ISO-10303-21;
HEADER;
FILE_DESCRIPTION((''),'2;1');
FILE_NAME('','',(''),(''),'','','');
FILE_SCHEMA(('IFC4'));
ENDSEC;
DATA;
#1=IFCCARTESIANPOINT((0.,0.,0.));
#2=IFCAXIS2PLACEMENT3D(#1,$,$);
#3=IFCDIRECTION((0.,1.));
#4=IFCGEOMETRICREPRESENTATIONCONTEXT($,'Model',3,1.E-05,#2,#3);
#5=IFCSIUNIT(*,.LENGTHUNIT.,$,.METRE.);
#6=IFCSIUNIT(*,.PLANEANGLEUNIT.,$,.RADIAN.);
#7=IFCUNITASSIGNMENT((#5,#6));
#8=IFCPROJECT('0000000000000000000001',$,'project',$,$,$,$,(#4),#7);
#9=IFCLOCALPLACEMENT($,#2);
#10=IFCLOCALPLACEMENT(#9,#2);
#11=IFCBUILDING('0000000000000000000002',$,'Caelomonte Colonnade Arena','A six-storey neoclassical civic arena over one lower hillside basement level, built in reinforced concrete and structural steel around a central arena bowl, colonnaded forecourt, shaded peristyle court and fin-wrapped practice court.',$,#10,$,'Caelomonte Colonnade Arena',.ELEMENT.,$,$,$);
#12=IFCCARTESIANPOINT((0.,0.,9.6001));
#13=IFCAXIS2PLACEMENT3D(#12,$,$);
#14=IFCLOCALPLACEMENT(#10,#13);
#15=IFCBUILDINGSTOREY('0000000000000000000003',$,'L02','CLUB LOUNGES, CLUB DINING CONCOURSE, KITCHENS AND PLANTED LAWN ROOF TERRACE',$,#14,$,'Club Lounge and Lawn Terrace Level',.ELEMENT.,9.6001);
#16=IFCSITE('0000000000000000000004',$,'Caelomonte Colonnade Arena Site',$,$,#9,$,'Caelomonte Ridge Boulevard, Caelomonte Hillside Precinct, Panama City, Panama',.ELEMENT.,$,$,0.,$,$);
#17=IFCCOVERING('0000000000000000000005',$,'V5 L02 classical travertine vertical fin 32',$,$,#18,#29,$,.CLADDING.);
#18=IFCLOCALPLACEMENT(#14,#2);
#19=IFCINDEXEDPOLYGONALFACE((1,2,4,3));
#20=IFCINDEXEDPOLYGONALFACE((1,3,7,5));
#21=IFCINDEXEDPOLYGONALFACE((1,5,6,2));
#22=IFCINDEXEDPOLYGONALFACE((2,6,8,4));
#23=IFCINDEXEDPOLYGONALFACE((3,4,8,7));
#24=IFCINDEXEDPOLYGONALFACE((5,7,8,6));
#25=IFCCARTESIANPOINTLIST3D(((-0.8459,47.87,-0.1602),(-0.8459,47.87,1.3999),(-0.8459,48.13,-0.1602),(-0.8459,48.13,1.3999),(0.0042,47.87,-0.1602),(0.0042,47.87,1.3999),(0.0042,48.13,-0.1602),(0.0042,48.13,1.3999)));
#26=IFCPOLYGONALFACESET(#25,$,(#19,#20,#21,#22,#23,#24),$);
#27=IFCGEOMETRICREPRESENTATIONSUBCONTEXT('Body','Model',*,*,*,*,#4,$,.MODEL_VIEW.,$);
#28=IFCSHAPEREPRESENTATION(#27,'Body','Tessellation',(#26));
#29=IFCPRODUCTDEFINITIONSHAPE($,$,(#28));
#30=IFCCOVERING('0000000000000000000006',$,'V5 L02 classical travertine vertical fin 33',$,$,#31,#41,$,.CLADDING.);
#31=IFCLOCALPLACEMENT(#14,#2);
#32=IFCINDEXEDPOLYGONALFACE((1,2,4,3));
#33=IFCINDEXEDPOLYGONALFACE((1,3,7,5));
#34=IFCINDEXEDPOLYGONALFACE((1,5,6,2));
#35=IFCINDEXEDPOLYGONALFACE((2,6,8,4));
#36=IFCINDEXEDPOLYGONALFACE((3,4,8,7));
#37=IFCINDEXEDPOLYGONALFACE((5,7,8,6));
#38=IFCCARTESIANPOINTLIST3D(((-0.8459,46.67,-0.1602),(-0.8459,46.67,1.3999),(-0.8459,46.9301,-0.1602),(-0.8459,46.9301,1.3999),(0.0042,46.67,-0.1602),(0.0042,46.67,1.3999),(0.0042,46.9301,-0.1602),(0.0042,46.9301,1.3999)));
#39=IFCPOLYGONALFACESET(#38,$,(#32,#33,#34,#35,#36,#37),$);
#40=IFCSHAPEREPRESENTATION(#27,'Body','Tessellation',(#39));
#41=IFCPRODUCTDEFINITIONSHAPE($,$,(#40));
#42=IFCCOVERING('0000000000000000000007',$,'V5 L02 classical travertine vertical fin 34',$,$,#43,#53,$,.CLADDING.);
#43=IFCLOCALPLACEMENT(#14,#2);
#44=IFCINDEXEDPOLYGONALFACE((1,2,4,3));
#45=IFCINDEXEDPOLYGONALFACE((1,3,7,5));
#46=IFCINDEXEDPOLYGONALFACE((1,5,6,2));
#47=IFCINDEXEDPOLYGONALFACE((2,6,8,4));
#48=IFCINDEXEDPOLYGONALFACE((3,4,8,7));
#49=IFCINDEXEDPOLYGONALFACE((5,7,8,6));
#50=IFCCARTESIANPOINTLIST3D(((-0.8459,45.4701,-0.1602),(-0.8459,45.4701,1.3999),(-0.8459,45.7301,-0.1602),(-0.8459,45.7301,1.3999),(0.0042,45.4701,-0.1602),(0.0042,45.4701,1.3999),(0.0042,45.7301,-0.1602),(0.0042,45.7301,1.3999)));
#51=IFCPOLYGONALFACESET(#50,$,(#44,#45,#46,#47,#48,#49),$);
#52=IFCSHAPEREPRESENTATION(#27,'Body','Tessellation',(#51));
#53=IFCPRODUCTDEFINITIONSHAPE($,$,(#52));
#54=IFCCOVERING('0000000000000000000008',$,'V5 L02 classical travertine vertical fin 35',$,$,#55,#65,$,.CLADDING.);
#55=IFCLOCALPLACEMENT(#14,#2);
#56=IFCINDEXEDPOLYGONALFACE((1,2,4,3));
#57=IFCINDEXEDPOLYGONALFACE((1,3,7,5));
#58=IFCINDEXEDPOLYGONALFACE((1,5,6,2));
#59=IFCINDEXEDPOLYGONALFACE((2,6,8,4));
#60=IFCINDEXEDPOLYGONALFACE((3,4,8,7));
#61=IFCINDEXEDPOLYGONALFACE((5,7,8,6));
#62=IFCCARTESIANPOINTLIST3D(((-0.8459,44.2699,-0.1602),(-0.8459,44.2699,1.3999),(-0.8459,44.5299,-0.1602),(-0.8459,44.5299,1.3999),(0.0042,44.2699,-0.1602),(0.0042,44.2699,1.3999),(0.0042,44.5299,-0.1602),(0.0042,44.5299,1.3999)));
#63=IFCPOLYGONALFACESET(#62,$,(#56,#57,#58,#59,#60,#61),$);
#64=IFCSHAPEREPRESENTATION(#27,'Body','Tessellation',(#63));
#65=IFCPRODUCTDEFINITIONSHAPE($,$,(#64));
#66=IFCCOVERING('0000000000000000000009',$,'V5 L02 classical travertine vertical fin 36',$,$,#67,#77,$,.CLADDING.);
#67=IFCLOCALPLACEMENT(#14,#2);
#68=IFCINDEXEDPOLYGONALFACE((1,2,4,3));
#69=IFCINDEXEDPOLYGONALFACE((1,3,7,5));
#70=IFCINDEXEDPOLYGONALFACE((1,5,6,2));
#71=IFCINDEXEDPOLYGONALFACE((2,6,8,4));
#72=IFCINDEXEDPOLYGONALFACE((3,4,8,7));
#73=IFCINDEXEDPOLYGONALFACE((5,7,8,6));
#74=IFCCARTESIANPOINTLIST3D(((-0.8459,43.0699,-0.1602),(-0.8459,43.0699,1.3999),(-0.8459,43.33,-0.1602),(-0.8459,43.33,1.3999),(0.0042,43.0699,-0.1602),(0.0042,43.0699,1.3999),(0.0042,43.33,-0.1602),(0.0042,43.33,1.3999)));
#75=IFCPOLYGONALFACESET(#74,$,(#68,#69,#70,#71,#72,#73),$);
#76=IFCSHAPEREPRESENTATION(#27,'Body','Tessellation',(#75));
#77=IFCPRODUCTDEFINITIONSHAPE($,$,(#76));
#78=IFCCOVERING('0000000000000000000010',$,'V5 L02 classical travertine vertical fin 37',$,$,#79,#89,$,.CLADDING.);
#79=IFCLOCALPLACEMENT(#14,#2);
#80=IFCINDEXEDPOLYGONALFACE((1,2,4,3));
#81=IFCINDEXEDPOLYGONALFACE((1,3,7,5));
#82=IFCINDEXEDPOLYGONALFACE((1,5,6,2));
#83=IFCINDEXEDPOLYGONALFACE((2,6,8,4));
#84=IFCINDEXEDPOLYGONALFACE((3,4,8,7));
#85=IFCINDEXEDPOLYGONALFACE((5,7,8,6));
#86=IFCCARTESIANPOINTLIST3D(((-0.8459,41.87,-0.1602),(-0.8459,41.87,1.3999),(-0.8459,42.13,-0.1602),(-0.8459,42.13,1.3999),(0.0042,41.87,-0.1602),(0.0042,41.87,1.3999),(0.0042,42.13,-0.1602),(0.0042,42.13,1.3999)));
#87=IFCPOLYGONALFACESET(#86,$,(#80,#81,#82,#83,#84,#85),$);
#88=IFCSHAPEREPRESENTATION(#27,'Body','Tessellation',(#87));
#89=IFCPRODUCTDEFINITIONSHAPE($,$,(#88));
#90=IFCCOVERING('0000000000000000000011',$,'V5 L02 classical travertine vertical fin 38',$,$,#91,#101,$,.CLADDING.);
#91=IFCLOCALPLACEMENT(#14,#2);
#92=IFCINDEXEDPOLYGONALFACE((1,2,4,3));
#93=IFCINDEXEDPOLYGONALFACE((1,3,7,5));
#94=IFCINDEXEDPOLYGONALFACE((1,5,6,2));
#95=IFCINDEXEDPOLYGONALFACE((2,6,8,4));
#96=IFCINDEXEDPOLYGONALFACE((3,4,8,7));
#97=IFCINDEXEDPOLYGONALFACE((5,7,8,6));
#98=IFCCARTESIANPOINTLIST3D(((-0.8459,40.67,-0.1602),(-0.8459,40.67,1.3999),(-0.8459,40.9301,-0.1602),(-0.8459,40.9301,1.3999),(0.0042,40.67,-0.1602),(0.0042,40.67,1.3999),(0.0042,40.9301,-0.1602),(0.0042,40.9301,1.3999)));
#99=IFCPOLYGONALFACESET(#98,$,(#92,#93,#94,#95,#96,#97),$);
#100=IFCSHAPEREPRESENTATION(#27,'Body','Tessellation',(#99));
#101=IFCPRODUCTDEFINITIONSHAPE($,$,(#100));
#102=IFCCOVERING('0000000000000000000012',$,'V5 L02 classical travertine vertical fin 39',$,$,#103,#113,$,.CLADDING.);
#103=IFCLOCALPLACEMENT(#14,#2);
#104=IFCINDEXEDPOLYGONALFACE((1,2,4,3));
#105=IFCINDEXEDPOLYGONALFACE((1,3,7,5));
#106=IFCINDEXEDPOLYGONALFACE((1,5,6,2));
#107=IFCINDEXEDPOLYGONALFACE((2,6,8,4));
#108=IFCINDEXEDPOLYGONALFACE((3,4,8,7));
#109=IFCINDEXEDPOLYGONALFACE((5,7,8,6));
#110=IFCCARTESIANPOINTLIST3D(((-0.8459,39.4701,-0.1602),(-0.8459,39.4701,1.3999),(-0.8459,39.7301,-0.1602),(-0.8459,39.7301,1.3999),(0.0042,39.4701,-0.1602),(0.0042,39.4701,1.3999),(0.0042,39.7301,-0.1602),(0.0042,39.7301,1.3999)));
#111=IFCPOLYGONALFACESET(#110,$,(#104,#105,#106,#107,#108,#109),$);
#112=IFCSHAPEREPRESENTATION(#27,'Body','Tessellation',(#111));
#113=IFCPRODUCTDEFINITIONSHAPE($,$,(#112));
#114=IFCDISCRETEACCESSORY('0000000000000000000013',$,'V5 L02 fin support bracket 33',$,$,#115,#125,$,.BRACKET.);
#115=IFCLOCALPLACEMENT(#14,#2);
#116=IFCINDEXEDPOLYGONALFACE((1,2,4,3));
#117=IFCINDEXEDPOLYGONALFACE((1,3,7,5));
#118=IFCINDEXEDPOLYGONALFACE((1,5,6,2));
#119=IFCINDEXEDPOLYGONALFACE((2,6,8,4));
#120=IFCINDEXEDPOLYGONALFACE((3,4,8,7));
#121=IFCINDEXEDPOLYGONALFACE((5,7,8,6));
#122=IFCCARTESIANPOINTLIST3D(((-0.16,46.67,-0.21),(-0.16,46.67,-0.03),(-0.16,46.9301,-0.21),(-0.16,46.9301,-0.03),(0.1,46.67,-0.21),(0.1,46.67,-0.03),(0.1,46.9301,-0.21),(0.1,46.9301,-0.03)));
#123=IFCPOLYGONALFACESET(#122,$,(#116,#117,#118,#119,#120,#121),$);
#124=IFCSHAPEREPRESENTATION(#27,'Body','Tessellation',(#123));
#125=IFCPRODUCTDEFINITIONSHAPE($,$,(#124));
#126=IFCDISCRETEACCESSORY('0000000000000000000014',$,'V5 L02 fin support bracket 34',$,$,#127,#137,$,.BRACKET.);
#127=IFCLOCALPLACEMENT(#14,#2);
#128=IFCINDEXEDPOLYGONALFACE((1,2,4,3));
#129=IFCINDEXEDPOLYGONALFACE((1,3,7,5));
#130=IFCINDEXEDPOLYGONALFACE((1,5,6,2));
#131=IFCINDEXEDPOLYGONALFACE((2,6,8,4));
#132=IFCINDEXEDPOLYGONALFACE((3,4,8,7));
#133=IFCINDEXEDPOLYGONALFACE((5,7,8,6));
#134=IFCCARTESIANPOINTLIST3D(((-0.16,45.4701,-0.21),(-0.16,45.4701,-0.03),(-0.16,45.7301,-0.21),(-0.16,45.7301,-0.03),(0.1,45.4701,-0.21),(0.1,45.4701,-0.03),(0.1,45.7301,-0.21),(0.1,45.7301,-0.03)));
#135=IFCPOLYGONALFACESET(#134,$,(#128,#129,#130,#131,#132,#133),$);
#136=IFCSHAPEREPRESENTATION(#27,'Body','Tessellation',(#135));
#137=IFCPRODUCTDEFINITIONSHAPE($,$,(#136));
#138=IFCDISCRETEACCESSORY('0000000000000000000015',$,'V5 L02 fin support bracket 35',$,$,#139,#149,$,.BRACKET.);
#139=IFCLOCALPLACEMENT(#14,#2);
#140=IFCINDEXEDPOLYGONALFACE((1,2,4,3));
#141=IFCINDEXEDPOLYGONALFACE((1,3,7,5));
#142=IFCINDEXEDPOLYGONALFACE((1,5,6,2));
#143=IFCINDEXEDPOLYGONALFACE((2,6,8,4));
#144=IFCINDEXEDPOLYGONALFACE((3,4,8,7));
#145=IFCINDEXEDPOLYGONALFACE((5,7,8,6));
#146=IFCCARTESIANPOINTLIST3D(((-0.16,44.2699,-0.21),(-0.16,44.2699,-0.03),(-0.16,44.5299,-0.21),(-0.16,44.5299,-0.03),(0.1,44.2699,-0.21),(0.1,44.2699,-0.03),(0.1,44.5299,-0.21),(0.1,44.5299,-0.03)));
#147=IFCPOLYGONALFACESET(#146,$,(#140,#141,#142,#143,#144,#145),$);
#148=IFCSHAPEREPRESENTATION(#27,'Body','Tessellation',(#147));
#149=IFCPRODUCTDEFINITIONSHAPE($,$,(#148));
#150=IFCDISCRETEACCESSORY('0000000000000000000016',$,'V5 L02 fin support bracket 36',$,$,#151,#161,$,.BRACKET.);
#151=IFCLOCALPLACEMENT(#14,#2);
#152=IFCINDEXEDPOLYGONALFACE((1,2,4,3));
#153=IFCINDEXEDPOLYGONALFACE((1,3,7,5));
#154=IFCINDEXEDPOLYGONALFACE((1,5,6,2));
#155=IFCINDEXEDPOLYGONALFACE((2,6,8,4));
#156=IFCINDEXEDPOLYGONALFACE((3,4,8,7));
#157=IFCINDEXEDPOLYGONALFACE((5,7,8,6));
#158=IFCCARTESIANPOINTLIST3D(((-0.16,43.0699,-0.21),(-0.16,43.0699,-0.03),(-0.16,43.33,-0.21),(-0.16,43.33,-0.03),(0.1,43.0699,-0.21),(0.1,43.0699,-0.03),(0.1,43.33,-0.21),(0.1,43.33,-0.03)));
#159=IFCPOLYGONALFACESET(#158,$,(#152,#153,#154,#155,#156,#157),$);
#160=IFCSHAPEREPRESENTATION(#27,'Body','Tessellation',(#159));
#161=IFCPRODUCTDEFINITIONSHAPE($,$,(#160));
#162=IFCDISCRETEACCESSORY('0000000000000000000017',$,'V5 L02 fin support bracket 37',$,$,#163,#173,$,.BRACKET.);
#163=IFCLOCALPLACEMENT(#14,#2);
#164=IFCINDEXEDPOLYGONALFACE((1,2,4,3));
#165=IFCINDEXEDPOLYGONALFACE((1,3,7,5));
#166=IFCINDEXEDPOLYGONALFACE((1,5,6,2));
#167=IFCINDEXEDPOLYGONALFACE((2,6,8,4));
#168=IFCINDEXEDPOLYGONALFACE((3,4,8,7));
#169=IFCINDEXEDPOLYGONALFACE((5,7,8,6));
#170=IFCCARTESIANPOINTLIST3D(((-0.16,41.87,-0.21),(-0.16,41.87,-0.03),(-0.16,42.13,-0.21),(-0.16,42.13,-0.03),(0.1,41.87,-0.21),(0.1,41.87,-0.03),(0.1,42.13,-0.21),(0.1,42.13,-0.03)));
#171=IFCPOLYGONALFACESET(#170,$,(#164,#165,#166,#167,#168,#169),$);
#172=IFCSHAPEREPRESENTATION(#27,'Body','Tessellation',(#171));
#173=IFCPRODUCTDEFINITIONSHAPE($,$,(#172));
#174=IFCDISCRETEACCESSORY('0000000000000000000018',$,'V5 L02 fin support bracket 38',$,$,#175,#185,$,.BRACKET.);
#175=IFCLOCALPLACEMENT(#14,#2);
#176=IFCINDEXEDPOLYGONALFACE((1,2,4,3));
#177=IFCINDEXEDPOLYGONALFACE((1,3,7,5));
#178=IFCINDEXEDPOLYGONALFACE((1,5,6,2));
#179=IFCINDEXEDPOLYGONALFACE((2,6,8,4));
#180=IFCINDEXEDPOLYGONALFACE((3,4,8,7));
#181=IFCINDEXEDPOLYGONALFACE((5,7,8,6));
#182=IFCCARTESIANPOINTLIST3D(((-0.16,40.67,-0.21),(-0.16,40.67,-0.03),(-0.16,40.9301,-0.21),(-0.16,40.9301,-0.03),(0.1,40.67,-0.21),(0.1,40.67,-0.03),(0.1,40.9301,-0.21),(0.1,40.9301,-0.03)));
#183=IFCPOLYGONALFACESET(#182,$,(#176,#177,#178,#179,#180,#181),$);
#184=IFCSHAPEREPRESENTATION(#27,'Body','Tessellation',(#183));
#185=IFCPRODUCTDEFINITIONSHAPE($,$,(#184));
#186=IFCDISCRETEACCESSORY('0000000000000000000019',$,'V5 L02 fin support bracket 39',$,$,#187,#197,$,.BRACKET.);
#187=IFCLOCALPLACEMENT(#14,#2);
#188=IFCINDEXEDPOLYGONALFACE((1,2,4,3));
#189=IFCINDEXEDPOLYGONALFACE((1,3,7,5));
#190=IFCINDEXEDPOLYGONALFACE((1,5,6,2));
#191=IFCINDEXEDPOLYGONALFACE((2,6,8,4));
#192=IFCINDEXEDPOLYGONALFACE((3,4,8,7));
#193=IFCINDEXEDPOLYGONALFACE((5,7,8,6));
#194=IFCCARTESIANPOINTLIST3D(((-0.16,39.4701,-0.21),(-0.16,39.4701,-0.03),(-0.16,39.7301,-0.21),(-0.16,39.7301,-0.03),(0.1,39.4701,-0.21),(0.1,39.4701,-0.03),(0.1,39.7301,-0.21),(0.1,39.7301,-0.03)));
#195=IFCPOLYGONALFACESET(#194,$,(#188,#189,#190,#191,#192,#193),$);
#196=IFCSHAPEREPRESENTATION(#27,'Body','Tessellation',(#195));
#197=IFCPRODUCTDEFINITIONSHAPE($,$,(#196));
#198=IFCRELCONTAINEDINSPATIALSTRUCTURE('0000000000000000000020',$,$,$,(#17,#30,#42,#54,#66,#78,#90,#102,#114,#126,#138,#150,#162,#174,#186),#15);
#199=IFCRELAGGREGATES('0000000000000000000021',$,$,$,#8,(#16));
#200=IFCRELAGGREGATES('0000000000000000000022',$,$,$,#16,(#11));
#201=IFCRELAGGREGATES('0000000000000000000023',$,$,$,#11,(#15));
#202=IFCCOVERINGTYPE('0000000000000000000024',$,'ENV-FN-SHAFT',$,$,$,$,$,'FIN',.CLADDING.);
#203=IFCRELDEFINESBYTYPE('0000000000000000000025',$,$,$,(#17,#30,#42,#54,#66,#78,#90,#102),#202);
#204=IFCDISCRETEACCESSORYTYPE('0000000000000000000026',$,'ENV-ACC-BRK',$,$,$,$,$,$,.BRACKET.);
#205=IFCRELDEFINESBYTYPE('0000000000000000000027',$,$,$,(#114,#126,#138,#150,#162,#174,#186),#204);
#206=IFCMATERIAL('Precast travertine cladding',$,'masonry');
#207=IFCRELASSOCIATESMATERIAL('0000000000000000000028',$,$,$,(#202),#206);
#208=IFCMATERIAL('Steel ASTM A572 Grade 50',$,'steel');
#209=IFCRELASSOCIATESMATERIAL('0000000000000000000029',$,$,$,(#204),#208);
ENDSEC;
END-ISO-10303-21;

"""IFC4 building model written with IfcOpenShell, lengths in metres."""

from ifc_helpers import new_model, si_unit, direction, frame, origin, origin_2d, place, context, subcontext, project, spatial, rectangle, extrude, material, material_profile, profile_set, type_object, element, save


model = new_model("IFC4")

# Units and contexts
model_context = context("Model", 3, precision=1e-05, world=origin(), true_north=direction((0.0, 1.0)))
body_context = subcontext(model_context, "Body", "Model", "MODEL_VIEW")
ifc_project = project(units=[si_unit("LENGTHUNIT", "METRE"), si_unit("PLANEANGLEUNIT", "RADIAN")], contexts=[model_context])

# Site, building, storey
site_placement = place(None, origin())
site = spatial("IfcSite", under=ifc_project, at=site_placement, Name="Caelomonte Colonnade Arena Site", LongName="Caelomonte Ridge Boulevard, Caelomonte Hillside Precinct, Panama City, Panama", CompositionType="ELEMENT", RefElevation=0.0)
building_placement = place(site_placement, origin())
building = spatial("IfcBuilding", under=site, at=building_placement, Name="Caelomonte Colonnade Arena", Description="A six-storey neoclassical civic arena over one lower hillside basement level, built in reinforced concrete and structural steel around a central arena bowl, colonnaded forecourt, shaded peristyle court and fin-wrapped practice court.", LongName="Caelomonte Colonnade Arena", CompositionType="ELEMENT")
storey_placement = place(building_placement, frame((0.0, 0.0, 9.6001)))
storey = spatial("IfcBuildingStorey", under=building, at=storey_placement, Name="L02", Description="CLUB LOUNGES, CLUB DINING CONCOURSE, KITCHENS AND PLANTED LAWN ROOF TERRACE", LongName="Club Lounge and Lawn Terrace Level", CompositionType="ELEMENT", Elevation=9.6001)

# Coverings
ifc_material_1 = material(Name="Precast travertine cladding", Category="masonry")
ifc_material_profile_1 = material_profile(ifc_material_1, rectangle(XDim=0.26, YDim=0.8501, at=origin_2d()), Name="FIN260X850")
ifc_profile_set_1 = profile_set([ifc_material_profile_1], Name="Precast travertine cladding")
covering_type = type_object("IfcCoveringType", Name="ENV-FN-SHAFT", ElementType="FIN", PredefinedType="CLADDING", material=ifc_profile_set_1)
for number, where, z_axis, x_axis, name in (
    (1, (-0.4209, 48.0, -0.1602), (0.0, 0.0, 1.0), (0.0, 1.0, 0.0), "V5 L02 classical travertine vertical fin 32"),
    (2, (-0.4209, 46.8, -0.1602), (0.0, 0.0, 1.0), (0.0, 1.0, 0.0), "V5 L02 classical travertine vertical fin 33"),
    (3, (-0.4209, 45.6001, -0.1602), (0.0, 0.0, 1.0), (0.0, 1.0, 0.0), "V5 L02 classical travertine vertical fin 34"),
    (4, (-0.4209, 44.3999, -0.1602), (0.0, 0.0, 1.0), (0.0, 1.0, 0.0), "V5 L02 classical travertine vertical fin 35"),
    (5, (-0.4209, 43.2, -0.1602), (0.0, 0.0, 1.0), (0.0, 1.0, 0.0), "V5 L02 classical travertine vertical fin 36"),
    (6, (-0.4209, 42.0, -0.1602), (0.0, 0.0, 1.0), (0.0, 1.0, 0.0), "V5 L02 classical travertine vertical fin 37"),
    (7, (-0.4209, 40.8, -0.1602), (0.0, 0.0, 1.0), (0.0, 1.0, 0.0), "V5 L02 classical travertine vertical fin 38"),
    (8, (-0.4209, 39.6001, -0.1602), (0.0, 0.0, 1.0), (0.0, 1.0, 0.0), "V5 L02 classical travertine vertical fin 39"),
):
    element("IfcCovering", number, at=place(storey_placement, frame(where, z_axis=z_axis, x_axis=x_axis)), inside=storey, type_object=covering_type, Name=name, PredefinedType="CLADDING", context=body_context, shape_type="SweptSolid", body=[
        extrude(rectangle(XDim=0.26, YDim=0.8501, at=origin_2d()), origin(), (0.0, 0.0, 1.0), 1.5601),
    ])

# Discrete accessories
ifc_material_2 = material(Name="Steel ASTM A572 Grade 50", Category="steel")
discrete_accessory_type = type_object("IfcDiscreteAccessoryType", Name="ENV-ACC-BRK", PredefinedType="BRACKET", material=ifc_material_2)
for number, where, z_axis, x_axis, name in (
    (9, (-0.03, 46.8, -0.21), (0.0, 0.0, 1.0), (0.0, -1.0, 0.0), "V5 L02 fin support bracket 33"),
    (10, (-0.03, 45.6001, -0.21), (0.0, 0.0, 1.0), (0.0, -1.0, 0.0), "V5 L02 fin support bracket 34"),
    (11, (-0.03, 44.3999, -0.21), (0.0, 0.0, 1.0), (0.0, -1.0, 0.0), "V5 L02 fin support bracket 35"),
    (12, (-0.03, 43.2, -0.21), (0.0, 0.0, 1.0), (0.0, -1.0, 0.0), "V5 L02 fin support bracket 36"),
    (13, (-0.03, 42.0, -0.21), (0.0, 0.0, 1.0), (0.0, -1.0, 0.0), "V5 L02 fin support bracket 37"),
    (14, (-0.03, 40.8, -0.21), (0.0, 0.0, 1.0), (0.0, -1.0, 0.0), "V5 L02 fin support bracket 38"),
    (15, (-0.03, 39.6001, -0.21), (0.0, 0.0, 1.0), (0.0, -1.0, 0.0), "V5 L02 fin support bracket 39"),
):
    element("IfcDiscreteAccessory", number, at=place(storey_placement, frame(where, z_axis=z_axis, x_axis=x_axis)), inside=storey, type_object=discrete_accessory_type, Name=name, PredefinedType="BRACKET", context=body_context, shape_type="SweptSolid", body=[
        extrude(rectangle(XDim=0.26, YDim=0.26, at=origin_2d()), origin(), (0.0, 0.0, 1.0), 0.1799),
    ])

save(model, "model.ifc")
